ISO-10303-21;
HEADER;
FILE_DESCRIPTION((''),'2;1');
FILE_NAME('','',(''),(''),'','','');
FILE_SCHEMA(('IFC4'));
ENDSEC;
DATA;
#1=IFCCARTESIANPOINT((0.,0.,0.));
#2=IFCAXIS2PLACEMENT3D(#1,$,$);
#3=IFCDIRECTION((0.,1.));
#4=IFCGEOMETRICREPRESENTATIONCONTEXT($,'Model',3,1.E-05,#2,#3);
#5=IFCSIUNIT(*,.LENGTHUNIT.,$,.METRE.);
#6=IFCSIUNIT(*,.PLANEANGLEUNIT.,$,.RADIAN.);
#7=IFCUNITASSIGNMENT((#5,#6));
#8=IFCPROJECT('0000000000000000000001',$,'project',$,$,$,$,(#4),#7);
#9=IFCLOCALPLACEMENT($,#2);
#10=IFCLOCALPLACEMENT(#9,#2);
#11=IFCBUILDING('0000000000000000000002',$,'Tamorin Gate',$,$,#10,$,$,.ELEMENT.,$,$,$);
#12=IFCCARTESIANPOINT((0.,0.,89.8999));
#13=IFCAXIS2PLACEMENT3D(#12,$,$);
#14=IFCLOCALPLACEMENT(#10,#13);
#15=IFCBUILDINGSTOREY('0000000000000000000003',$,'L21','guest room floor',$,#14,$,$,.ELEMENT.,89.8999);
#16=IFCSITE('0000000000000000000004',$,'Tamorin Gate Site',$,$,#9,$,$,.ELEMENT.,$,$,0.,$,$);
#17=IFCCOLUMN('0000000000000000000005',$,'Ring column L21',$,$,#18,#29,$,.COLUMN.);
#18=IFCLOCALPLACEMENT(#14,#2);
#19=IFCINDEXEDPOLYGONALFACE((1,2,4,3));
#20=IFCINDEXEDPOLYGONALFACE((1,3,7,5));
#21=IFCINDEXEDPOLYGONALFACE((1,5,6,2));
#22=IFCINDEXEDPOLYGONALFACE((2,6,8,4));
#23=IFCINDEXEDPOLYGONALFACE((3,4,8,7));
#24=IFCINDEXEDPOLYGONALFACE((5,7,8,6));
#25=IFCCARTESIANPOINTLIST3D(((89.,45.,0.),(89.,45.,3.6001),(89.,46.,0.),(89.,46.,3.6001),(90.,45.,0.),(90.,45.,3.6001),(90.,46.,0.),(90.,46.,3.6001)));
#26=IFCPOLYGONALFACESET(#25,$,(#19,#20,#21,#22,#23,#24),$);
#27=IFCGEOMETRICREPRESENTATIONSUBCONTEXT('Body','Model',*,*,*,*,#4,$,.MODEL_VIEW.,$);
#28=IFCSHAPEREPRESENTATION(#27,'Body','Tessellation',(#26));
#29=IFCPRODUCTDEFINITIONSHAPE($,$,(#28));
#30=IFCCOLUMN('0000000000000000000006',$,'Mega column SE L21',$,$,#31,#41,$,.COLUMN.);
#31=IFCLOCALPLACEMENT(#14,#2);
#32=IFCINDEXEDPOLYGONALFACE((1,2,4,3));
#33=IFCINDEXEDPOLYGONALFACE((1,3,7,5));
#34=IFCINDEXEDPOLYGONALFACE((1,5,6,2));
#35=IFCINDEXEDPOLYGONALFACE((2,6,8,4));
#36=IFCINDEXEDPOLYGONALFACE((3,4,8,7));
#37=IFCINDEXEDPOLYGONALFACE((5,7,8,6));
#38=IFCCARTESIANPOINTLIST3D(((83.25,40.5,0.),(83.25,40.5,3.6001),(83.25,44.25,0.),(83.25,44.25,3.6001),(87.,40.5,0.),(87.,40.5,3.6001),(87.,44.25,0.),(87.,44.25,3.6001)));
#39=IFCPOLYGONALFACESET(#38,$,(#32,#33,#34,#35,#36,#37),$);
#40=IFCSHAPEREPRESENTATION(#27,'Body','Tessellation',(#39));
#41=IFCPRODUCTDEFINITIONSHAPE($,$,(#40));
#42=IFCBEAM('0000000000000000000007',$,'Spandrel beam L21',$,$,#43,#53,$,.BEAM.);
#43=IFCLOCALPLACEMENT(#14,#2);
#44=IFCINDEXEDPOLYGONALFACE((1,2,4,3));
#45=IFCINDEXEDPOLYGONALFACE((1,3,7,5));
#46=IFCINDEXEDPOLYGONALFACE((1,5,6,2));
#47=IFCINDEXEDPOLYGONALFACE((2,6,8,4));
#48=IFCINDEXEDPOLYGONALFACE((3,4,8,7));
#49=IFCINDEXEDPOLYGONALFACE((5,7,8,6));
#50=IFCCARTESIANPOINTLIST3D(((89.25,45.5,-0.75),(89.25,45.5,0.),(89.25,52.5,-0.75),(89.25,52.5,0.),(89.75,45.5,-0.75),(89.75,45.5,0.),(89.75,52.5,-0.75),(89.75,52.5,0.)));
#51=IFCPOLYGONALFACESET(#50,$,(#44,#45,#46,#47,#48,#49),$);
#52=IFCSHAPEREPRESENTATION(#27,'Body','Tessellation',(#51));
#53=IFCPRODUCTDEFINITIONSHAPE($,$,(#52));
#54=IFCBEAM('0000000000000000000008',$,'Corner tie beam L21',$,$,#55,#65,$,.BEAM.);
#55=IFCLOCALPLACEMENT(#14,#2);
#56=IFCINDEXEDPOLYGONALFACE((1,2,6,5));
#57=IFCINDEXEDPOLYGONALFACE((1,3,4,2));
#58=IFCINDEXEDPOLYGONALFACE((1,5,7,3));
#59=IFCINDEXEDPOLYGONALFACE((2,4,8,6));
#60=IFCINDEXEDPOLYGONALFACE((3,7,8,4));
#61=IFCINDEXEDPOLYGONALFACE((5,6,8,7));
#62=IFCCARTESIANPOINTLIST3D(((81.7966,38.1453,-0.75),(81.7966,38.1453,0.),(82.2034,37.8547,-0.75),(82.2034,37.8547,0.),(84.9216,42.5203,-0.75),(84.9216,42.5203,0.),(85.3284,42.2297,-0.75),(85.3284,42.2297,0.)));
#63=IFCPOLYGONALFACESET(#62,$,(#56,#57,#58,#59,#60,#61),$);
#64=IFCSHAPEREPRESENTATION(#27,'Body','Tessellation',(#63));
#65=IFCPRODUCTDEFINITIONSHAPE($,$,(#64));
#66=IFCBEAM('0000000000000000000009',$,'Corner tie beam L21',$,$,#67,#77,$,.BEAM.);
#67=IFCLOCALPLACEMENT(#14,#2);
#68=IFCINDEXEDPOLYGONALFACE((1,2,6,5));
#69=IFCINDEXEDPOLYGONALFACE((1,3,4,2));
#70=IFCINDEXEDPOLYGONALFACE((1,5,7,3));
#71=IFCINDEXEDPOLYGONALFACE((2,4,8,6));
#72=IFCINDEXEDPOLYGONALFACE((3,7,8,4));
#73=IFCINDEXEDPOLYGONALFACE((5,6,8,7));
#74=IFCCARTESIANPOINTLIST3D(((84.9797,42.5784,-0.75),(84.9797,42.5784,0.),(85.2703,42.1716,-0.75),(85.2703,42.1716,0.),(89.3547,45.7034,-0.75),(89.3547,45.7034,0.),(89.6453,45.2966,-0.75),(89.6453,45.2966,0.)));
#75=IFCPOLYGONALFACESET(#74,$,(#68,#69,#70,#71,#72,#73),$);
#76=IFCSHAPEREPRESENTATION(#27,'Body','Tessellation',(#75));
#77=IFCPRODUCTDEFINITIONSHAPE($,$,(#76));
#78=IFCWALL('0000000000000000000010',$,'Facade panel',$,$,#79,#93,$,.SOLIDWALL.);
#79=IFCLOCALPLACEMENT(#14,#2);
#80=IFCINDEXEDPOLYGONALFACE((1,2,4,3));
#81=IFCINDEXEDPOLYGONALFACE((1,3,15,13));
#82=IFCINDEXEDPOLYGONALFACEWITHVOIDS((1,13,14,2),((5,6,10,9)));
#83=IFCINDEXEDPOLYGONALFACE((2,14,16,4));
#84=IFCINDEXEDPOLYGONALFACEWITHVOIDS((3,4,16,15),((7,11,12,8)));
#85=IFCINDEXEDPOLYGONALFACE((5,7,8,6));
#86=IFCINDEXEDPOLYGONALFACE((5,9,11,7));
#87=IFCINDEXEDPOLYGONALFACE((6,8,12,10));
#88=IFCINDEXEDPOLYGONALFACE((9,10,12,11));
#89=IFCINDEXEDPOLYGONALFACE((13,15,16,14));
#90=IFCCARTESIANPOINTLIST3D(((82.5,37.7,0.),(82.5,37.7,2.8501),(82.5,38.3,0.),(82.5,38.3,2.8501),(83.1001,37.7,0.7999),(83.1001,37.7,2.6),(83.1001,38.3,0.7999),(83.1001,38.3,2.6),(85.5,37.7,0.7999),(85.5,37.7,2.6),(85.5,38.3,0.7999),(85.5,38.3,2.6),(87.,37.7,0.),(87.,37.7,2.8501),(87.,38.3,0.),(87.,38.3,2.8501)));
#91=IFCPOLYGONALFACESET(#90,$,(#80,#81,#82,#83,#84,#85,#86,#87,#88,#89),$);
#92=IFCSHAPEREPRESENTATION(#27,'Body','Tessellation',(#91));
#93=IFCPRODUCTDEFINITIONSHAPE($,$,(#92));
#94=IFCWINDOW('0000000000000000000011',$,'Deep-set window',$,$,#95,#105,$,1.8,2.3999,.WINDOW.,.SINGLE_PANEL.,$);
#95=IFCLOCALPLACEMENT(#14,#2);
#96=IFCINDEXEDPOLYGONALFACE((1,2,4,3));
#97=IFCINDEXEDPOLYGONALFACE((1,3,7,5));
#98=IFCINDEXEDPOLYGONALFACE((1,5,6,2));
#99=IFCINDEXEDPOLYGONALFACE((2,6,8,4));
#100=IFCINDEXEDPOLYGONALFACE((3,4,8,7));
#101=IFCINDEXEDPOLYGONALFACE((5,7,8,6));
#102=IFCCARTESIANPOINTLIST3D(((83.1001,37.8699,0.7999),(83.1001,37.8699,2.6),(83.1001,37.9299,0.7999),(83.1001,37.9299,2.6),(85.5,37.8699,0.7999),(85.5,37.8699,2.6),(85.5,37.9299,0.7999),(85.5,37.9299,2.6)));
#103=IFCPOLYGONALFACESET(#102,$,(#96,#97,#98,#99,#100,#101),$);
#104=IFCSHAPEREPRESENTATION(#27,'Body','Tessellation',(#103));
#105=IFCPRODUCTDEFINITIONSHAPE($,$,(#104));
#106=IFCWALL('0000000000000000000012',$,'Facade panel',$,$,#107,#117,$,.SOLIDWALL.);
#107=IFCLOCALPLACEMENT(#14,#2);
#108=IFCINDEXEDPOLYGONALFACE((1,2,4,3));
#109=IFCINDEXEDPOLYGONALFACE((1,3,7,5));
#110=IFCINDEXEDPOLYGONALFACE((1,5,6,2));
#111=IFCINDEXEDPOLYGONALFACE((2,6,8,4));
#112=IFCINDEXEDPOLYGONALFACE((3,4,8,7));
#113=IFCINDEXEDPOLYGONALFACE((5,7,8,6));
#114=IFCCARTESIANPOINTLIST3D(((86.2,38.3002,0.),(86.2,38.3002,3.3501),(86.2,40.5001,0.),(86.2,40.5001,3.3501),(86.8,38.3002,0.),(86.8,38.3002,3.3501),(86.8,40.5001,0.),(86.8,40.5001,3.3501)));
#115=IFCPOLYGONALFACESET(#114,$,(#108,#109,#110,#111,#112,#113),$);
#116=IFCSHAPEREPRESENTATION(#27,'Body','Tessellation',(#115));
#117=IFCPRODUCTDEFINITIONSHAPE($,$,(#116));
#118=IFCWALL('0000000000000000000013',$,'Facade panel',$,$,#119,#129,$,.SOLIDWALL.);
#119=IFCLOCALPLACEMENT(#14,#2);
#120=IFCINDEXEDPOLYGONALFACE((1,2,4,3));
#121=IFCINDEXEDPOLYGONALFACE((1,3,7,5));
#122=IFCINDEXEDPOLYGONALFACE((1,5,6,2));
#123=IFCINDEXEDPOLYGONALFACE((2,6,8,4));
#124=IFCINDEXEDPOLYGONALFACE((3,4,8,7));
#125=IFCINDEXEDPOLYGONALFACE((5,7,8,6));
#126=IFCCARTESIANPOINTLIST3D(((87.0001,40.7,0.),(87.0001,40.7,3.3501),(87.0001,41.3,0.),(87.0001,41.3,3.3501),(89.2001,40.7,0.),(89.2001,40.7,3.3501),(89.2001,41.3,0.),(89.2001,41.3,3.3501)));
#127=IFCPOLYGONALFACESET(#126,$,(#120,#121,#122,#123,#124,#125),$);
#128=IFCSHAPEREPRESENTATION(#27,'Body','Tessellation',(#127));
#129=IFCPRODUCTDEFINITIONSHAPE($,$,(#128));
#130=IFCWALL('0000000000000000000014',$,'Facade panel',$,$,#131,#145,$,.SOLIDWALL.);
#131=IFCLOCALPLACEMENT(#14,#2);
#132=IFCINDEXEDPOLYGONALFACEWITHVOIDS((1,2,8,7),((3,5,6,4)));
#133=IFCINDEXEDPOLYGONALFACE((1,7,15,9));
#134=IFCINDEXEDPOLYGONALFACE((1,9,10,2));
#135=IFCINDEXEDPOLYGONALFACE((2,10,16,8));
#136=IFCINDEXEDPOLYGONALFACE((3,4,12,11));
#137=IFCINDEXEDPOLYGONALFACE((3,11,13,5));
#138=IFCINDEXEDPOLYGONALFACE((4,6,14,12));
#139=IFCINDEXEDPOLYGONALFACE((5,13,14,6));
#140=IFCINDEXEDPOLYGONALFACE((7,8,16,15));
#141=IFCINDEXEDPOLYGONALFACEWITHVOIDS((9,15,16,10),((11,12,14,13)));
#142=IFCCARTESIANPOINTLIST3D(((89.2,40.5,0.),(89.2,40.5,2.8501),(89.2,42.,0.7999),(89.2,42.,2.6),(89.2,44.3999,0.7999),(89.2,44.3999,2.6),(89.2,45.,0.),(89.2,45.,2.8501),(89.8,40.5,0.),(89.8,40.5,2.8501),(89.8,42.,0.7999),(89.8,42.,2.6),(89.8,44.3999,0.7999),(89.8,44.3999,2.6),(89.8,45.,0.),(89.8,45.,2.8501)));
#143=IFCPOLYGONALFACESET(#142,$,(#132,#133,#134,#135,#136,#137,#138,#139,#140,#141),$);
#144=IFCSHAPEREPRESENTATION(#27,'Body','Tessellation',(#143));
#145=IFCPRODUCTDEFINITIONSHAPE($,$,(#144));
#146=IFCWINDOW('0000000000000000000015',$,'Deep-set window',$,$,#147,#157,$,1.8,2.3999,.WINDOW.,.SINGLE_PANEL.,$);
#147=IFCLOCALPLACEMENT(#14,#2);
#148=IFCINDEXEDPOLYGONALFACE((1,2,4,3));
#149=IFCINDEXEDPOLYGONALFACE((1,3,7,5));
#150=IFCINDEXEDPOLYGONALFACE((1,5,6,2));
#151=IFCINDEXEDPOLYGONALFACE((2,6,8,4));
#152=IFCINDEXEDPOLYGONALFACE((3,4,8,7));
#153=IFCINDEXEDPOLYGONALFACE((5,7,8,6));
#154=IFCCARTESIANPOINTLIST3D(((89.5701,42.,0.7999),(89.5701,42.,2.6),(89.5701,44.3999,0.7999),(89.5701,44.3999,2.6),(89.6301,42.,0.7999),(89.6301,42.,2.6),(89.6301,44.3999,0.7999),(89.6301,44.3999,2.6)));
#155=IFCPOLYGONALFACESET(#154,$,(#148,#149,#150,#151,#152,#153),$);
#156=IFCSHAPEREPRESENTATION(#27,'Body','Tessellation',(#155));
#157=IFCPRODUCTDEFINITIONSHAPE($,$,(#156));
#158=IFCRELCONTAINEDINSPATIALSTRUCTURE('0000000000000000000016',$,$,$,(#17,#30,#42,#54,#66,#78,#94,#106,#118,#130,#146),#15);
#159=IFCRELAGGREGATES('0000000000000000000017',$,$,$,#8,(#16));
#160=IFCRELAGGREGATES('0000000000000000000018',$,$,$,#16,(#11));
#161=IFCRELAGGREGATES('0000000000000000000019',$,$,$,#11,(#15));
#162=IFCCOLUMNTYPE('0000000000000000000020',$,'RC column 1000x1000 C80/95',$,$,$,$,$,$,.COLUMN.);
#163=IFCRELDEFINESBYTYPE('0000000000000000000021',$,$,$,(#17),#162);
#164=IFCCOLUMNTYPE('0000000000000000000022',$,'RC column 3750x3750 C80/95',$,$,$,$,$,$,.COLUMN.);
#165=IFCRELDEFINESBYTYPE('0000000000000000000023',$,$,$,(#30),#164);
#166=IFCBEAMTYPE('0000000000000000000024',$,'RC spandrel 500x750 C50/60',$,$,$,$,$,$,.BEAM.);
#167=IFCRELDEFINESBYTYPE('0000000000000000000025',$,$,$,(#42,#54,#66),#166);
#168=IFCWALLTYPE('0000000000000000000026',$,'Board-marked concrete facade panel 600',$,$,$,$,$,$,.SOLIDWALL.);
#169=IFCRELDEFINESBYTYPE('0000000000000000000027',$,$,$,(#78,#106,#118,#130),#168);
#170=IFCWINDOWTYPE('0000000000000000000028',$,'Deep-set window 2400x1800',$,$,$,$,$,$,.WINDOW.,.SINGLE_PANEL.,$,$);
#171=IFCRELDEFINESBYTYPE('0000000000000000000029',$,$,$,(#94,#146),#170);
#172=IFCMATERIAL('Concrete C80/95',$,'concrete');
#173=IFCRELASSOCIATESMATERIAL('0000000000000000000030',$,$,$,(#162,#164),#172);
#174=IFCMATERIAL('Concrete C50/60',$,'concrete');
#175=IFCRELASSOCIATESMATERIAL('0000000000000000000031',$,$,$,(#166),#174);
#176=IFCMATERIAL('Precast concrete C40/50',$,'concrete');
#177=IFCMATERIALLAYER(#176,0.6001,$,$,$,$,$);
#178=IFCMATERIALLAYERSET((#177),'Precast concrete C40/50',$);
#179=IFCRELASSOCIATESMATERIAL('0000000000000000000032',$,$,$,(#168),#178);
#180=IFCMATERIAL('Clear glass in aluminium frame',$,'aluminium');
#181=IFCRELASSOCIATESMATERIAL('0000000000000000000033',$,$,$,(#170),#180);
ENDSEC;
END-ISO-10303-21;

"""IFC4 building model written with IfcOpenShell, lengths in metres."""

from ifc_helpers import new_model, si_unit, direction, frame, frame_2d, origin, origin_2d, place, context, subcontext, project, spatial, rectangle, extrude, material, layer, layer_set, material_profile, profile_set, type_object, element, fill, save


model = new_model("IFC4")

# Units and contexts
model_context = context("Model", 3, precision=1e-05, world=origin(), true_north=direction((0.0, 1.0)))
body_context = subcontext(model_context, "Body", "Model", "MODEL_VIEW")
ifc_project = project(units=[si_unit("LENGTHUNIT", "METRE"), si_unit("PLANEANGLEUNIT", "RADIAN")], contexts=[model_context])

# Site, building, storey
site_placement = place(None, origin())
site = spatial("IfcSite", under=ifc_project, at=site_placement, Name="Tamorin Gate Site", CompositionType="ELEMENT", RefElevation=0.0)
building_placement = place(site_placement, origin())
building = spatial("IfcBuilding", under=site, at=building_placement, Name="Tamorin Gate", CompositionType="ELEMENT")
storey_placement = place(building_placement, frame((0.0, 0.0, 89.8999)))
storey = spatial("IfcBuildingStorey", under=building, at=storey_placement, Name="L21", Description="guest room floor", CompositionType="ELEMENT", Elevation=89.8999)

# Columns
ifc_material_1 = material(Name="Concrete C80/95", Category="concrete")
ifc_material_profile_1 = material_profile(ifc_material_1, rectangle(XDim=1.0, YDim=1.0, at=origin_2d()), Name="RC 1000x1000")
ifc_profile_set_1 = profile_set([ifc_material_profile_1], Name="Concrete C80/95")
column_type_1 = type_object("IfcColumnType", Name="RC column 1000x1000 C80/95", PredefinedType="COLUMN", material=ifc_profile_set_1)
column_1_placement = place(storey_placement, frame((89.5, 45.5, 0.0), z_axis=(0.0, 0.0, 1.0), x_axis=(1.0, 0.0, 0.0)))
element("IfcColumn", 1, at=column_1_placement, inside=storey, type_object=column_type_1, Name="Ring column L21", PredefinedType="COLUMN", context=body_context, shape_type="SweptSolid", body=[
    extrude(rectangle(XDim=1.0, YDim=1.0, at=origin_2d()), origin(), (0.0, 0.0, 1.0), 3.6001),
])
ifc_material_profile_2 = material_profile(ifc_material_1, rectangle(XDim=3.75, YDim=3.75, at=origin_2d()), Name="RC 3750x3750")
ifc_profile_set_2 = profile_set([ifc_material_profile_2], Name="Concrete C80/95")
column_type_2 = type_object("IfcColumnType", Name="RC column 3750x3750 C80/95", PredefinedType="COLUMN", material=ifc_profile_set_2)
column_2_placement = place(storey_placement, frame((85.125, 42.375, 0.0), z_axis=(0.0, 0.0, 1.0), x_axis=(1.0, 0.0, 0.0)))
element("IfcColumn", 2, at=column_2_placement, inside=storey, type_object=column_type_2, Name="Mega column SE L21", PredefinedType="COLUMN", context=body_context, shape_type="SweptSolid", body=[
    extrude(rectangle(XDim=3.75, YDim=3.75, at=origin_2d()), origin(), (0.0, 0.0, 1.0), 3.6001),
])

# Beams
ifc_material_2 = material(Name="Concrete C50/60", Category="concrete")
ifc_material_profile_3 = material_profile(ifc_material_2, rectangle(XDim=0.5, YDim=0.75, at=origin_2d()), Name="RC 500x750")
ifc_profile_set_3 = profile_set([ifc_material_profile_3], Name="Concrete C50/60")
beam_type = type_object("IfcBeamType", Name="RC spandrel 500x750 C50/60", PredefinedType="BEAM", material=ifc_profile_set_3)
beam_placement = place(storey_placement, frame((89.5, 45.5, -0.375), z_axis=(0.0, 1.0, 0.0), x_axis=(-1.0, 0.0, 0.0)))
element("IfcBeam", 3, at=beam_placement, inside=storey, type_object=beam_type, Name="Spandrel beam L21", PredefinedType="BEAM", context=body_context, shape_type="SweptSolid", body=[
    extrude(rectangle(XDim=0.5, YDim=0.75, at=origin_2d()), origin(), (0.0, 0.0, 1.0), 7.0),
])
for number, where, z_axis, x_axis, name in (
    (4, (85.125, 42.375, -0.375), (-0.581238, -0.813733, 0.0), (0.813733, -0.581238, 0.0), "Corner tie beam L21"),
    (5, (85.125, 42.375, -0.375), (0.813733, 0.581238, 0.0), (-0.581238, 0.813733, 0.0), "Corner tie beam L21"),
):
    element("IfcBeam", number, at=place(storey_placement, frame(where, z_axis=z_axis, x_axis=x_axis)), inside=storey, type_object=beam_type, Name=name, PredefinedType="BEAM", context=body_context, shape_type="SweptSolid", body=[
        extrude(rectangle(XDim=0.5, YDim=0.75, at=origin_2d()), origin(), (0.0, 0.0, 1.0), 5.3765),
    ])

# Wall, opening, window
ifc_material_3 = material(Name="Precast concrete C40/50", Category="concrete")
ifc_layer_1 = layer(ifc_material_3, 0.6001)
ifc_layer_set_1 = layer_set([ifc_layer_1], Name="Precast concrete C40/50")
wall_type_1 = type_object("IfcWallType", Name="Board-marked concrete facade panel 600", PredefinedType="SOLIDWALL", material=ifc_layer_set_1)
wall_1_placement = place(storey_placement, frame((82.5, 38.0, 0.0), z_axis=(0.0, 0.0, 1.0), x_axis=(1.0, 0.0, 0.0)))
wall_1 = element("IfcWall", 6, at=wall_1_placement, inside=storey, type_object=wall_type_1, Name="Facade panel", PredefinedType="SOLIDWALL", context=body_context, shape_type="SweptSolid", body=[
    extrude(rectangle(XDim=4.5, YDim=0.6001, at=frame_2d((2.25, 0.0))), origin(), (0.0, 0.0, 1.0), 2.8501),
])
opening_1_placement = place(wall_1_placement, frame((0.6001, 0.0, 0.8)))
opening_1 = element("IfcOpeningElement", 7, at=opening_1_placement, cuts=wall_1, PredefinedType="OPENING", context=body_context, shape_type="SweptSolid", body=[
    extrude(rectangle(XDim=2.3999, YDim=1.8, at=frame_2d((1.2, 0.8999))), frame((0.0, 0.3101, 0.0), z_axis=(0.0, -1.0, 0.0), x_axis=(1.0, 0.0, 0.0)), (0.0, 0.0, 1.0), 0.6201),
])
ifc_material_4 = material(Name="Clear glass in aluminium frame", Category="aluminium")
window_type = type_object("IfcWindowType", Name="Deep-set window 2400x1800", PartitioningType="SINGLE_PANEL", PredefinedType="WINDOW", material=ifc_material_4)
window_1_placement = place(opening_1_placement, origin())
window_1 = element("IfcWindow", 8, at=window_1_placement, inside=storey, type_object=window_type, Name="Deep-set window", OverallHeight=1.8, OverallWidth=2.3999, PartitioningType="SINGLE_PANEL", PredefinedType="WINDOW", context=body_context, shape_type="SweptSolid", body=[
    extrude(rectangle(XDim=2.3999, YDim=1.8, at=frame_2d((1.2, 0.8999))), frame((0.0, -0.0701, 0.0), z_axis=(0.0, -1.0, 0.0), x_axis=(1.0, 0.0, 0.0)), (0.0, 0.0, 1.0), 0.0601),
])
fill(opening_1, window_1)

# Walls
for number, where, z_axis, x_axis, name in (
    (9, (86.5, 38.3, 0.0), (0.0, 0.0, 1.0), (0.0, 1.0, 0.0), "Facade panel"),
    (10, (87.0, 41.0, 0.0), (0.0, 0.0, 1.0), (1.0, 0.0, 0.0), "Facade panel"),
):
    element("IfcWall", number, at=place(storey_placement, frame(where, z_axis=z_axis, x_axis=x_axis)), inside=storey, type_object=wall_type_1, Name=name, PredefinedType="SOLIDWALL", context=body_context, shape_type="SweptSolid", body=[
        extrude(rectangle(XDim=2.2, YDim=0.6001, at=frame_2d((1.1001, 0.0))), origin(), (0.0, 0.0, 1.0), 3.3501),
    ])

# Wall, opening, window
wall_2_placement = place(storey_placement, frame((89.5, 40.5, 0.0), z_axis=(0.0, 0.0, 1.0), x_axis=(0.0, 1.0, 0.0)))
wall_2 = element("IfcWall", 11, at=wall_2_placement, inside=storey, type_object=wall_type_1, Name="Facade panel", PredefinedType="SOLIDWALL", context=body_context, shape_type="SweptSolid", body=[
    extrude(rectangle(XDim=4.5, YDim=0.6001, at=frame_2d((2.25, 0.0))), origin(), (0.0, 0.0, 1.0), 2.8501),
])
opening_2_placement = place(wall_2_placement, frame((1.5, 0.0, 0.8)))
opening_2 = element("IfcOpeningElement", 12, at=opening_2_placement, cuts=wall_2, PredefinedType="OPENING", context=body_context, shape_type="SweptSolid", body=[
    extrude(rectangle(XDim=2.3999, YDim=1.8, at=frame_2d((1.2, 0.8999))), frame((0.0, 0.3101, 0.0), z_axis=(0.0, -1.0, 0.0), x_axis=(1.0, 0.0, 0.0)), (0.0, 0.0, 1.0), 0.6201),
])
window_2_placement = place(opening_2_placement, origin())
window_2 = element("IfcWindow", 13, at=window_2_placement, inside=storey, type_object=window_type, Name="Deep-set window", OverallHeight=1.8, OverallWidth=2.3999, PartitioningType="SINGLE_PANEL", PredefinedType="WINDOW", context=body_context, shape_type="SweptSolid", body=[
    extrude(rectangle(XDim=2.3999, YDim=1.8, at=frame_2d((1.2, 0.8999))), frame((0.0, -0.0701, 0.0), z_axis=(0.0, -1.0, 0.0), x_axis=(1.0, 0.0, 0.0)), (0.0, 0.0, 1.0), 0.0601),
])
fill(opening_2, window_2)

save(model, "model.ifc")
